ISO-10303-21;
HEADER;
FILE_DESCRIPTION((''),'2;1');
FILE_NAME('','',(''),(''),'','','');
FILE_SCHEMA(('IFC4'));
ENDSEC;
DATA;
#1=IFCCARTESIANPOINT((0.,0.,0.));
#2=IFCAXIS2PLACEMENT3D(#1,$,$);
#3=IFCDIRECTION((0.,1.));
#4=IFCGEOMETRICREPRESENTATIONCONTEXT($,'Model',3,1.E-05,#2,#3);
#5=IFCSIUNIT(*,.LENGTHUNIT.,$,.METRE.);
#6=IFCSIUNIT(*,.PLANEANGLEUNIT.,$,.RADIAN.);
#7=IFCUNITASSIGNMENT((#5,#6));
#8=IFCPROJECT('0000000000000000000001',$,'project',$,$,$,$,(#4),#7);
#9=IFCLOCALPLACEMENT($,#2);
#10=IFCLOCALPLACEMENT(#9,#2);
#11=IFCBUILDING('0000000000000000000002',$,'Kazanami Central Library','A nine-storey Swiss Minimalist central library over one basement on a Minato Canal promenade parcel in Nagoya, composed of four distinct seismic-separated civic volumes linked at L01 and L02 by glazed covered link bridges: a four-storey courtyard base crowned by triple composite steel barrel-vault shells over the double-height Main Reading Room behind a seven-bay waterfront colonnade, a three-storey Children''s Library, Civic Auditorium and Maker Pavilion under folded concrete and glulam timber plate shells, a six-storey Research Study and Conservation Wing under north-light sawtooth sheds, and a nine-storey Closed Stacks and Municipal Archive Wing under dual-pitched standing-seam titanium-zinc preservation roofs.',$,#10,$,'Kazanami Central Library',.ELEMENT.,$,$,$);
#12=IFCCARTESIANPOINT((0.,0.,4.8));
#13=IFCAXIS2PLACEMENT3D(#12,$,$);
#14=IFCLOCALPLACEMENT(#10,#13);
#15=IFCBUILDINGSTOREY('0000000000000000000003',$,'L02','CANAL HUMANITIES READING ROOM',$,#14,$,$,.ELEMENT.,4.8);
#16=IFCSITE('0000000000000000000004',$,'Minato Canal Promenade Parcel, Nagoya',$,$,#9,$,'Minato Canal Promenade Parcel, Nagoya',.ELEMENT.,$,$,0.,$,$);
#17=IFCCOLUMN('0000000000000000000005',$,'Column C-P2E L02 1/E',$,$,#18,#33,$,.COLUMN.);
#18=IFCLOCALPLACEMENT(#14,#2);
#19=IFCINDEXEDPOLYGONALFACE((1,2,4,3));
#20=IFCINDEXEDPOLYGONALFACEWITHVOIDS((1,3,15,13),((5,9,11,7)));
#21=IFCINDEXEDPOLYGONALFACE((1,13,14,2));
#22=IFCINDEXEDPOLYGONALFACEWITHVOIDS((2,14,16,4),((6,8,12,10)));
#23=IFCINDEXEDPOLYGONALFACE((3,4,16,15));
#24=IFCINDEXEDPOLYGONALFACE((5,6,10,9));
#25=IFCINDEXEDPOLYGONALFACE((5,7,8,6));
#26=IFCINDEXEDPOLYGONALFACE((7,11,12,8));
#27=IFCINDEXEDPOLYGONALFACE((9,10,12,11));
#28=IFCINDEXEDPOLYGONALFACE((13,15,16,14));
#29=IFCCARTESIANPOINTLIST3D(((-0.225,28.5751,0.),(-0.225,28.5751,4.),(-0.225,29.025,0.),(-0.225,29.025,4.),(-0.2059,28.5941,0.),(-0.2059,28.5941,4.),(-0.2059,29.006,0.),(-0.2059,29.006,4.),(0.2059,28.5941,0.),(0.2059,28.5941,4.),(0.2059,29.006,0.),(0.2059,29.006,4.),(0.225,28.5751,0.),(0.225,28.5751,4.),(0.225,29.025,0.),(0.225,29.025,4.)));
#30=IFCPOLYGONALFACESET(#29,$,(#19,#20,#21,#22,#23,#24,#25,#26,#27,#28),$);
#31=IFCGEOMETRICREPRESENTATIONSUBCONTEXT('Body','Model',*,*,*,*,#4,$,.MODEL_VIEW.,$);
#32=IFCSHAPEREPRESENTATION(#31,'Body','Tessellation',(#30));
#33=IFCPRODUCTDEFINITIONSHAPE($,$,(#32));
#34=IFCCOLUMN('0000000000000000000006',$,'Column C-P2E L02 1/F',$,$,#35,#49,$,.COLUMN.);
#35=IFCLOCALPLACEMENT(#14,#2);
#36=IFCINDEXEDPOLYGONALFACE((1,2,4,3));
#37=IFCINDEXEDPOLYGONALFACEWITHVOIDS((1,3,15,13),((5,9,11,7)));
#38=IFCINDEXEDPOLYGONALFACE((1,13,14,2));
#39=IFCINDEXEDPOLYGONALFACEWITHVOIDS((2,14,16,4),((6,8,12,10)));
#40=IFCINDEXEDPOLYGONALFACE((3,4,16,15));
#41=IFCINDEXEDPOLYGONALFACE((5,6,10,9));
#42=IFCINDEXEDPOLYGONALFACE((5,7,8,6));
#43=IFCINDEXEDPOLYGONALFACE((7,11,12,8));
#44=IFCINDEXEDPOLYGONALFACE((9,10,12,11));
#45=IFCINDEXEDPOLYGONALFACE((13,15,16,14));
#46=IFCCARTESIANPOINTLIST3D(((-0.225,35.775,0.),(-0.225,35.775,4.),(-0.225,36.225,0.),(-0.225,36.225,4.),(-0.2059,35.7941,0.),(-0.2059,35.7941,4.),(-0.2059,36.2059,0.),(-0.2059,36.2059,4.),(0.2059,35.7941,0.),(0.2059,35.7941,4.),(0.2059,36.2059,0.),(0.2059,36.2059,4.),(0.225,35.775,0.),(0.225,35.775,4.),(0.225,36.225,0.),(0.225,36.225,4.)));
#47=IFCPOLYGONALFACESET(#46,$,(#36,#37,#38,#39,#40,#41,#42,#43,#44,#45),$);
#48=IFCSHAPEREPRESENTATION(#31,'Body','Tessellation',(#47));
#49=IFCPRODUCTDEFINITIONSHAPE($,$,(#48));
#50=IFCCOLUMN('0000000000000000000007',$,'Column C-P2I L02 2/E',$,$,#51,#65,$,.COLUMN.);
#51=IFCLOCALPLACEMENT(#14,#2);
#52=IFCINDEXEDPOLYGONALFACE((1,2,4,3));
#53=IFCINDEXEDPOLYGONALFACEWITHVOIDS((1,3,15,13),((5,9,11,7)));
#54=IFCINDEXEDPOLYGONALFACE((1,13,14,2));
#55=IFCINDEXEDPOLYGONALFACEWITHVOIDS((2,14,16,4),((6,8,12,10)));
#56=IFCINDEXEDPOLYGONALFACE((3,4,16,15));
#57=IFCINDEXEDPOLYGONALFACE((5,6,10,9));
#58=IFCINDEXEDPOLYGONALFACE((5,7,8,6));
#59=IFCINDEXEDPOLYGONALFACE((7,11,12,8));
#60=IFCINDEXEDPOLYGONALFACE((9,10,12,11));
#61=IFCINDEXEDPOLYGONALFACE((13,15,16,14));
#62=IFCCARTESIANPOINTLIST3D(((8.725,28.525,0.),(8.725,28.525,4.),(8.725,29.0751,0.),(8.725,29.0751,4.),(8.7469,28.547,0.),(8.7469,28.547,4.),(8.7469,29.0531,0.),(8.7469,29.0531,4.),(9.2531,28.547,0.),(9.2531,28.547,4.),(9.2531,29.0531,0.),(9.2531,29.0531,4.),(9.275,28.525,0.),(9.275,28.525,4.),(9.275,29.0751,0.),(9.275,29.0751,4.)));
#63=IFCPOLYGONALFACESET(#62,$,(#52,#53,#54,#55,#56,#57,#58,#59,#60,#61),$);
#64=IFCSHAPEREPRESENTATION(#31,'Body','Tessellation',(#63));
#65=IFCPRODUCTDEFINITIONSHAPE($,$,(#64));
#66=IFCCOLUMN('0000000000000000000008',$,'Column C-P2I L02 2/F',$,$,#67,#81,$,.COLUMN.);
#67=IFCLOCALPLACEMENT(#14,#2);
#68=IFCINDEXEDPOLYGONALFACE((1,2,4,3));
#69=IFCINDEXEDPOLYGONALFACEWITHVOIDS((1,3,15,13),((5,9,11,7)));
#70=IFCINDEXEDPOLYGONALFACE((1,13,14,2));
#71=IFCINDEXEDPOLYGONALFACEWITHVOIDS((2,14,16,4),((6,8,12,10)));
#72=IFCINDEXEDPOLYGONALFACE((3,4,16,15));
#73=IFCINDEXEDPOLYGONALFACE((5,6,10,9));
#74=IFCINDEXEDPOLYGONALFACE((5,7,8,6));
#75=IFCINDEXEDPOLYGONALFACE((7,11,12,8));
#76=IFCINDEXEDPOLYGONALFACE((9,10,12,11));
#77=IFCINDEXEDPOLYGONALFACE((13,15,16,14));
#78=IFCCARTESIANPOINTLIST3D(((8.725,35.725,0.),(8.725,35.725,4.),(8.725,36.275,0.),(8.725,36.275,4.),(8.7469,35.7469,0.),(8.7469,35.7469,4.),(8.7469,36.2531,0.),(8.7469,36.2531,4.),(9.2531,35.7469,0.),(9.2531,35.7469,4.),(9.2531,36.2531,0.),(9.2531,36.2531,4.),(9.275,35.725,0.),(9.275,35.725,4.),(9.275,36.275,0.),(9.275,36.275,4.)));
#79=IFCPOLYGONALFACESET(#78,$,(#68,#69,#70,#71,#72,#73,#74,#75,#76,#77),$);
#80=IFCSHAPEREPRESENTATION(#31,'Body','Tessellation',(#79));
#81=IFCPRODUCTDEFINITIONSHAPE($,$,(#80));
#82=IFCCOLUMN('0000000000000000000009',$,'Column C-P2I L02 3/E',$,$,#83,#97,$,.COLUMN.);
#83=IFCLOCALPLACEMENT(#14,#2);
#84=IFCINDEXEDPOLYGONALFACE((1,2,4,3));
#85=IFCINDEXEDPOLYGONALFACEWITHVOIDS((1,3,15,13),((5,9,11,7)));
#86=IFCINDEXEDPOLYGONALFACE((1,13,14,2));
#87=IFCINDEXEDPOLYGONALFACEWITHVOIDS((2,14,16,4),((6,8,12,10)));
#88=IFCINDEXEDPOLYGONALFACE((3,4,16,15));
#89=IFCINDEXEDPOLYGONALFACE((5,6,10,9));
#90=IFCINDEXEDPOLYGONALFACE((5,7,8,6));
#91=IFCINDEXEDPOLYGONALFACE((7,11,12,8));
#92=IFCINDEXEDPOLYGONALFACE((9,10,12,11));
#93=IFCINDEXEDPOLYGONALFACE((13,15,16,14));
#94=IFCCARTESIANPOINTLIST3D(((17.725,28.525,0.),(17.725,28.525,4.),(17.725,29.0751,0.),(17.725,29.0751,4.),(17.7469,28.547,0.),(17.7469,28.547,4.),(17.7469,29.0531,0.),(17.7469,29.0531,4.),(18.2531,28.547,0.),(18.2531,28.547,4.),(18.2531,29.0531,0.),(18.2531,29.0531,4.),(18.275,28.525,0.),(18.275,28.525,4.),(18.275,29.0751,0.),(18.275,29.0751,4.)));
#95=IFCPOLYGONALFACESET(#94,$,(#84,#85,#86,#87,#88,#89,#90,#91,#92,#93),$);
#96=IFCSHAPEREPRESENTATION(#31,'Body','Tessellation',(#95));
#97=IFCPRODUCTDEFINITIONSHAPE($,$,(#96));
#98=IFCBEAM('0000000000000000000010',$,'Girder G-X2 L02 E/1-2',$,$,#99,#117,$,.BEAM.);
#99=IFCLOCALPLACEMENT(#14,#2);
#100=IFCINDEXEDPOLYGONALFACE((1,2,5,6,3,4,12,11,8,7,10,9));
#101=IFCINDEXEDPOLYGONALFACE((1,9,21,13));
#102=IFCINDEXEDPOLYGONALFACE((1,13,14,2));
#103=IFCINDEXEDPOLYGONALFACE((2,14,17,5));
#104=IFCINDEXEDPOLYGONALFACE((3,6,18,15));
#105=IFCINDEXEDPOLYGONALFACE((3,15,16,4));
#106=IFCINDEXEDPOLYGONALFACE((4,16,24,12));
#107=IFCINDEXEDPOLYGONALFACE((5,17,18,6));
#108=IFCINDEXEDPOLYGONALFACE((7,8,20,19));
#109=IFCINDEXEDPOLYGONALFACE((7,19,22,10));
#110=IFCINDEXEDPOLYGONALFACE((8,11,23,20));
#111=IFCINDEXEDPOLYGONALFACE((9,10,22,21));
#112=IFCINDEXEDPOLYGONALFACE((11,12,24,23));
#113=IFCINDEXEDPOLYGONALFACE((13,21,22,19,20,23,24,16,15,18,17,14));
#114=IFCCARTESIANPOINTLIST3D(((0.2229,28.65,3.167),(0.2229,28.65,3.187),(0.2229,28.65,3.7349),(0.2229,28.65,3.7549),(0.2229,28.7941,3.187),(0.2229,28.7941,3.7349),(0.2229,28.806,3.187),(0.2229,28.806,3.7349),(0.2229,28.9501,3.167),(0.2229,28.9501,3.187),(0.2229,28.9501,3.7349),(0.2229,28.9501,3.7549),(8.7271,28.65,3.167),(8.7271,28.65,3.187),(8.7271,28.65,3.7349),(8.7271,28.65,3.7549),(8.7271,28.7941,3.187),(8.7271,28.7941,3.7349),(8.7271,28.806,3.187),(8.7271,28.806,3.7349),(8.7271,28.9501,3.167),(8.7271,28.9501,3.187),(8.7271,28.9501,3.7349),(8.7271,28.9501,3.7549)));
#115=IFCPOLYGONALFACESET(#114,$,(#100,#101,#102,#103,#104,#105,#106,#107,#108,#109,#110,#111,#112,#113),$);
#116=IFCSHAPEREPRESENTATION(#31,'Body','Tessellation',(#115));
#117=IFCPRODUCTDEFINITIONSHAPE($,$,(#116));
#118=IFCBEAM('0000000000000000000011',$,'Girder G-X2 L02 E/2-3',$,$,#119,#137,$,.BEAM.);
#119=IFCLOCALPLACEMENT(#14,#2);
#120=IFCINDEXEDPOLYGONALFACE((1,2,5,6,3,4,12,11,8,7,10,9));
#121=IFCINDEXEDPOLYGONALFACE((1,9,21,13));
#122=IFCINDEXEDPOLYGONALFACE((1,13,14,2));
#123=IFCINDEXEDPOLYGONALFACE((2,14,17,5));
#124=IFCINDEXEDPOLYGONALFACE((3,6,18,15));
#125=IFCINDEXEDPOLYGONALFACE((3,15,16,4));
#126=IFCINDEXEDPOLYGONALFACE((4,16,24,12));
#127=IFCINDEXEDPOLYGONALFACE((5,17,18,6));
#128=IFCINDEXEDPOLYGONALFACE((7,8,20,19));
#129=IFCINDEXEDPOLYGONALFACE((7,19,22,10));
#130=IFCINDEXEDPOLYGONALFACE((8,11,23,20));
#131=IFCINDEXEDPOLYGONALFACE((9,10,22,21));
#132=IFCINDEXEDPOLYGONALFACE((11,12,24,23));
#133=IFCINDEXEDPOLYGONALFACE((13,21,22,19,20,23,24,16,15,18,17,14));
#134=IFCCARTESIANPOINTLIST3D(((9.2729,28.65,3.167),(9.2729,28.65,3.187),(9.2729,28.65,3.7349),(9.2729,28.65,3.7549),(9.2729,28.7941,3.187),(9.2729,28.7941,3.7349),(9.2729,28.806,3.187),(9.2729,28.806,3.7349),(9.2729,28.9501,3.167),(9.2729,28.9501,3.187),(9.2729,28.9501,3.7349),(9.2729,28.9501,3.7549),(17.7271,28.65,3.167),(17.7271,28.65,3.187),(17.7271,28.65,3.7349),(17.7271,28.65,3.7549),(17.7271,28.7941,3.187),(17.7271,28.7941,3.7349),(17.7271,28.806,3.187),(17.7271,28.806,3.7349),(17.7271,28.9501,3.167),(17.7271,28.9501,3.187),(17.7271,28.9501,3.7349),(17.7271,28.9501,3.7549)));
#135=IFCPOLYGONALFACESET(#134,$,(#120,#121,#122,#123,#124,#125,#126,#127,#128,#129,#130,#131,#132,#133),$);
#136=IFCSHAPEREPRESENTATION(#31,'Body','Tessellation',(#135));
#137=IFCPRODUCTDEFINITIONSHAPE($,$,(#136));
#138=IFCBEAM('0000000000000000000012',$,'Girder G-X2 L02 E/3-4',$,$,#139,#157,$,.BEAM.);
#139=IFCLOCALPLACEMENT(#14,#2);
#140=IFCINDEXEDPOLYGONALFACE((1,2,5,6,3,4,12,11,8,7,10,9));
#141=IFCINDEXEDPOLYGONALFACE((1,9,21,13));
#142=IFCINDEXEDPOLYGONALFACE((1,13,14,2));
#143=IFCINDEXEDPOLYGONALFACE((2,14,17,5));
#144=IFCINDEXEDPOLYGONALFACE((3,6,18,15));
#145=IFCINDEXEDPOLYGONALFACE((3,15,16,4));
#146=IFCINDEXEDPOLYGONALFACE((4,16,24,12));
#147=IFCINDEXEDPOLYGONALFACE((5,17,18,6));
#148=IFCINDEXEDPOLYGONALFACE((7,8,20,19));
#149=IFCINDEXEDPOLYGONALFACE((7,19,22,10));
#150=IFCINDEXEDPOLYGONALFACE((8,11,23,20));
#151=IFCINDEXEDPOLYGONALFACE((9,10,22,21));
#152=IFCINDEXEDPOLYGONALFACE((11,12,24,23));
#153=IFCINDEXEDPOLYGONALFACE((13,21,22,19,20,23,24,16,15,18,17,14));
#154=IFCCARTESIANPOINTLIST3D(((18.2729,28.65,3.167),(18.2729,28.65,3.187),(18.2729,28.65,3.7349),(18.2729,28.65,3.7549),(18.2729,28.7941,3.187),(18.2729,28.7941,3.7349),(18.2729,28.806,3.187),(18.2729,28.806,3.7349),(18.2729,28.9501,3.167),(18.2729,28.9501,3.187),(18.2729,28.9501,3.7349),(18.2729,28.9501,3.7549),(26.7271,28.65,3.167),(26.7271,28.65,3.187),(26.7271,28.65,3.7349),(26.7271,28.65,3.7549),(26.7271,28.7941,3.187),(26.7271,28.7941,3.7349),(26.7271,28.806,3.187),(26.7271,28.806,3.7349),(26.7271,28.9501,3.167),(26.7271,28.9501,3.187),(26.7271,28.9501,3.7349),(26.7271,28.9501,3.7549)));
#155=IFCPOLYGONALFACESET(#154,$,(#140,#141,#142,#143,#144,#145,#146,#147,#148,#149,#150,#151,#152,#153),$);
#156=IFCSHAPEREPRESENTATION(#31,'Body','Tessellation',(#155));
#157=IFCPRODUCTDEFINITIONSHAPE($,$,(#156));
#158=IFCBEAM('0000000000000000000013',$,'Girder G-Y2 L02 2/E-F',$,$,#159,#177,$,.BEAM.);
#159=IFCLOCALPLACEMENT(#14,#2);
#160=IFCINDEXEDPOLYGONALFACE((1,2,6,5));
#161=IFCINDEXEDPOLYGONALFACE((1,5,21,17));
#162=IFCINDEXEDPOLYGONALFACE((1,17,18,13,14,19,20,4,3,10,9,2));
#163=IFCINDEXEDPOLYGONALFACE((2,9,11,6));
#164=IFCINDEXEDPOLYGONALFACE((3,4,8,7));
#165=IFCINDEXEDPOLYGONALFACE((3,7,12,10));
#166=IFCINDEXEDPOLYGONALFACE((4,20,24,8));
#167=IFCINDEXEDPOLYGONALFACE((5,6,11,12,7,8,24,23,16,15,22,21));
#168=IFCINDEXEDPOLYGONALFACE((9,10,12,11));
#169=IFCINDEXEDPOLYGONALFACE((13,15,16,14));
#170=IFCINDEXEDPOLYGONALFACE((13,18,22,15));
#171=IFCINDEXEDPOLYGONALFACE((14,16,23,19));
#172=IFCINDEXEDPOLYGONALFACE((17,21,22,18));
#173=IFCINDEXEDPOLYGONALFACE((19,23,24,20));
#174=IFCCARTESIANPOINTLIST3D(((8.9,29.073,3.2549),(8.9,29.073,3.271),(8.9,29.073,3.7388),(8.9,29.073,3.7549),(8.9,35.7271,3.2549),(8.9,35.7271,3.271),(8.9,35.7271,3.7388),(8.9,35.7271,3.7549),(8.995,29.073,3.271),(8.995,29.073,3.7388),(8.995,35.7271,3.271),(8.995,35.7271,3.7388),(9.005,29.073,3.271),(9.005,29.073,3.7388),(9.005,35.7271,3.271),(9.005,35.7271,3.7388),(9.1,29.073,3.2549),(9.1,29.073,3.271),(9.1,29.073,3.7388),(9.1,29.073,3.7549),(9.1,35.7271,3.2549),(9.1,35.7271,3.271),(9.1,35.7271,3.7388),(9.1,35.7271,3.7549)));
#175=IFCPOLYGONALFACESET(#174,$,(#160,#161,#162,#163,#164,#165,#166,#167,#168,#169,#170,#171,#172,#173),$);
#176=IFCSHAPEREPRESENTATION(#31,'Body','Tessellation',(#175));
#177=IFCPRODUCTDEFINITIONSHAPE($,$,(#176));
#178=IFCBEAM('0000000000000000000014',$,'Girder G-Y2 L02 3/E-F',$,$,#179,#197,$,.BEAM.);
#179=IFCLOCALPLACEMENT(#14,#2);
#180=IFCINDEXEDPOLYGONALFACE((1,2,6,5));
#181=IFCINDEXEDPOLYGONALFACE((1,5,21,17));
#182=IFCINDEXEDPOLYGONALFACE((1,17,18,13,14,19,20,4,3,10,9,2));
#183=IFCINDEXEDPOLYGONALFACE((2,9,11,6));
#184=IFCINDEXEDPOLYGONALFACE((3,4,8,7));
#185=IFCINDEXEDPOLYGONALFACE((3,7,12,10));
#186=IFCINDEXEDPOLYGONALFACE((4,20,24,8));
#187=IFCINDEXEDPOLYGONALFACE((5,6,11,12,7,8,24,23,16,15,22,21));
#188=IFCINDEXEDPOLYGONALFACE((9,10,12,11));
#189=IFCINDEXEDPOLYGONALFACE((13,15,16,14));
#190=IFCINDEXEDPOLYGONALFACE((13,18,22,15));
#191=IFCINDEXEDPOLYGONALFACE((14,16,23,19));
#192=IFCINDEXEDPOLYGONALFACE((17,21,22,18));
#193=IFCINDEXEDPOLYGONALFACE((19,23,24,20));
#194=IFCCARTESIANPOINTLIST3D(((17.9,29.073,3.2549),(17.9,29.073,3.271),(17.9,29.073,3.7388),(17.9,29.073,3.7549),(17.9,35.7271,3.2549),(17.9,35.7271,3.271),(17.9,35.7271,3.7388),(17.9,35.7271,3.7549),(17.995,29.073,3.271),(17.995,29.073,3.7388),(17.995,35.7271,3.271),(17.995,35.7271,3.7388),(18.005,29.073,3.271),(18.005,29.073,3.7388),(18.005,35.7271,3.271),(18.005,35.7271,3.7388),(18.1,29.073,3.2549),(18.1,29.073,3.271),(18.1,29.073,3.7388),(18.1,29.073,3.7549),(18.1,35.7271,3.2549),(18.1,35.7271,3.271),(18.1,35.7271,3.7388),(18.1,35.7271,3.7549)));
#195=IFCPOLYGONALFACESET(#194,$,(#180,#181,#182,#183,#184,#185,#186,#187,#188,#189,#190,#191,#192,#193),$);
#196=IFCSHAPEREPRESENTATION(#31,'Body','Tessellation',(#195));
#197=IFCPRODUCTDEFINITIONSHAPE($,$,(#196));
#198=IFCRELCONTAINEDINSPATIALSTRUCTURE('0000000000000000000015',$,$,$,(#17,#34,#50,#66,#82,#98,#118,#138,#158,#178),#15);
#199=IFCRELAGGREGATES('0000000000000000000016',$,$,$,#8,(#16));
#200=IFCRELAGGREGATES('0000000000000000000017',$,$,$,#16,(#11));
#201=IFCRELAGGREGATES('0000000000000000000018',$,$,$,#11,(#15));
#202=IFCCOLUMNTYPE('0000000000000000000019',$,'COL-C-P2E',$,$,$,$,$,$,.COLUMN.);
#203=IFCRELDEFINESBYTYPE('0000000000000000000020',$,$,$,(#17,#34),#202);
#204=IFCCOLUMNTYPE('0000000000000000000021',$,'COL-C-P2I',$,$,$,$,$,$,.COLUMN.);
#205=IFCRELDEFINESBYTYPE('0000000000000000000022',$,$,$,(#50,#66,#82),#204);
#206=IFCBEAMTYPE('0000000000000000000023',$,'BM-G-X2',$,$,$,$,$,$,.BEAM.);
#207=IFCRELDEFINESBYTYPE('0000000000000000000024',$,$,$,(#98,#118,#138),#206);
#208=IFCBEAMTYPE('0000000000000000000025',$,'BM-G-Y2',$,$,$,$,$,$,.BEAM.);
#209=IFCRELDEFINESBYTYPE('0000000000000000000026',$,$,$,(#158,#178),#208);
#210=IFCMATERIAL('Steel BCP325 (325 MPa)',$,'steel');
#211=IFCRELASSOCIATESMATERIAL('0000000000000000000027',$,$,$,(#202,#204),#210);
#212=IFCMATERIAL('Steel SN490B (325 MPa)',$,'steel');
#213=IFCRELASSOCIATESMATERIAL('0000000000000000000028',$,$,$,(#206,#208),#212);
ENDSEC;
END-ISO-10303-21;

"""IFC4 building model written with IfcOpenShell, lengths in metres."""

from ifc_helpers import new_model, si_unit, direction, frame, origin, origin_2d, place, context, subcontext, project, spatial, hollow_rectangle, i_section, extrude, material, material_profile, profile_set, type_object, element, save


model = new_model("IFC4")

# Units and contexts
model_context = context("Model", 3, precision=1e-05, world=origin(), true_north=direction((0.0, 1.0)))
body_context = subcontext(model_context, "Body", "Model", "MODEL_VIEW")
ifc_project = project(units=[si_unit("LENGTHUNIT", "METRE"), si_unit("PLANEANGLEUNIT", "RADIAN")], contexts=[model_context])

# Site, building, storey
site_placement = place(None, origin())
site = spatial("IfcSite", under=ifc_project, at=site_placement, Name="Minato Canal Promenade Parcel, Nagoya", LongName="Minato Canal Promenade Parcel, Nagoya", CompositionType="ELEMENT", RefElevation=0.0)
building_placement = place(site_placement, origin())
building = spatial("IfcBuilding", under=site, at=building_placement, Name="Kazanami Central Library", Description="A nine-storey Swiss Minimalist central library over one basement on a Minato Canal promenade parcel in Nagoya, composed of four distinct seismic-separated civic volumes linked at L01 and L02 by glazed covered link bridges: a four-storey courtyard base crowned by triple composite steel barrel-vault shells over the double-height Main Reading Room behind a seven-bay waterfront colonnade, a three-storey Children's Library, Civic Auditorium and Maker Pavilion under folded concrete and glulam timber plate shells, a six-storey Research Study and Conservation Wing under north-light sawtooth sheds, and a nine-storey Closed Stacks and Municipal Archive Wing under dual-pitched standing-seam titanium-zinc preservation roofs.", LongName="Kazanami Central Library", CompositionType="ELEMENT")
storey_placement = place(building_placement, frame((0.0, 0.0, 4.8)))
storey = spatial("IfcBuildingStorey", under=building, at=storey_placement, Name="L02", Description="CANAL HUMANITIES READING ROOM", CompositionType="ELEMENT", Elevation=4.8)

# Columns
ifc_material_1 = material(Name="Steel BCP325 (325 MPa)", Category="steel")
ifc_material_profile_1 = material_profile(ifc_material_1, hollow_rectangle(XDim=0.45, YDim=0.45, WallThickness=0.019, at=origin_2d()), Name="BCP-450x450x19")
ifc_profile_set_1 = profile_set([ifc_material_profile_1], Name="Steel BCP325 (325 MPa)")
column_type_1 = type_object("IfcColumnType", Name="COL-C-P2E", PredefinedType="COLUMN", material=ifc_profile_set_1)
for number, where, z_axis, x_axis, name in (
    (1, (0.0, 28.8, 0.0), (0.0, 0.0, 1.0), (1.0, 0.0, 0.0), "Column C-P2E L02 1/E"),
    (2, (0.0, 36.0, 0.0), (0.0, 0.0, 1.0), (1.0, 0.0, 0.0), "Column C-P2E L02 1/F"),
):
    element("IfcColumn", number, at=place(storey_placement, frame(where, z_axis=z_axis, x_axis=x_axis)), inside=storey, type_object=column_type_1, Name=name, PredefinedType="COLUMN", context=body_context, shape_type="SweptSolid", body=[
        extrude(hollow_rectangle(XDim=0.45, YDim=0.45, WallThickness=0.019, at=origin_2d()), origin(), (0.0, 0.0, 1.0), 4.0),
    ])
ifc_material_profile_2 = material_profile(ifc_material_1, hollow_rectangle(XDim=0.55, YDim=0.55, WallThickness=0.022, at=origin_2d()), Name="BCP-550x550x22")
ifc_profile_set_2 = profile_set([ifc_material_profile_2], Name="Steel BCP325 (325 MPa)")
column_type_2 = type_object("IfcColumnType", Name="COL-C-P2I", PredefinedType="COLUMN", material=ifc_profile_set_2)
for number, where, z_axis, x_axis, name in (
    (3, (9.0, 28.8, 0.0), (0.0, 0.0, 1.0), (1.0, 0.0, 0.0), "Column C-P2I L02 2/E"),
    (4, (9.0, 36.0, 0.0), (0.0, 0.0, 1.0), (1.0, 0.0, 0.0), "Column C-P2I L02 2/F"),
    (5, (18.0, 28.8, 0.0), (0.0, 0.0, 1.0), (1.0, 0.0, 0.0), "Column C-P2I L02 3/E"),
):
    element("IfcColumn", number, at=place(storey_placement, frame(where, z_axis=z_axis, x_axis=x_axis)), inside=storey, type_object=column_type_2, Name=name, PredefinedType="COLUMN", context=body_context, shape_type="SweptSolid", body=[
        extrude(hollow_rectangle(XDim=0.55, YDim=0.55, WallThickness=0.022, at=origin_2d()), origin(), (0.0, 0.0, 1.0), 4.0),
    ])

# Beams
ifc_material_2 = material(Name="Steel SN490B (325 MPa)", Category="steel")
ifc_material_profile_3 = material_profile(ifc_material_2, i_section(OverallWidth=0.3, OverallDepth=0.5879, WebThickness=0.012, FlangeThickness=0.02, at=origin_2d()), Name="H-588x300x12x20")
ifc_profile_set_3 = profile_set([ifc_material_profile_3], Name="Steel SN490B (325 MPa)")
beam_type_1 = type_object("IfcBeamType", Name="BM-G-X2", PredefinedType="BEAM", material=ifc_profile_set_3)
beam_1_placement = place(storey_placement, frame((0.2229, 28.8, 3.4609), z_axis=(1.0, 0.0, 0.0), x_axis=(0.0, 1.0, 0.0)))
element("IfcBeam", 6, at=beam_1_placement, inside=storey, type_object=beam_type_1, Name="Girder G-X2 L02 E/1-2", PredefinedType="BEAM", context=body_context, shape_type="SweptSolid", body=[
    extrude(i_section(OverallWidth=0.3, OverallDepth=0.5879, WebThickness=0.012, FlangeThickness=0.02, at=origin_2d()), origin(), (0.0, 0.0, 1.0), 8.5042),
])
for number, where, z_axis, x_axis, name in (
    (7, (9.2729, 28.8, 3.4609), (1.0, 0.0, 0.0), (0.0, 1.0, 0.0), "Girder G-X2 L02 E/2-3"),
    (8, (18.2729, 28.8, 3.4609), (1.0, 0.0, 0.0), (0.0, 1.0, 0.0), "Girder G-X2 L02 E/3-4"),
):
    element("IfcBeam", number, at=place(storey_placement, frame(where, z_axis=z_axis, x_axis=x_axis)), inside=storey, type_object=beam_type_1, Name=name, PredefinedType="BEAM", context=body_context, shape_type="SweptSolid", body=[
        extrude(i_section(OverallWidth=0.3, OverallDepth=0.5879, WebThickness=0.012, FlangeThickness=0.02, at=origin_2d()), origin(), (0.0, 0.0, 1.0), 8.4541),
    ])
ifc_material_profile_4 = material_profile(ifc_material_2, i_section(OverallWidth=0.2, OverallDepth=0.5, WebThickness=0.01, FlangeThickness=0.0161, at=origin_2d()), Name="H-500x200x10x16")
ifc_profile_set_4 = profile_set([ifc_material_profile_4], Name="Steel SN490B (325 MPa)")
beam_type_2 = type_object("IfcBeamType", Name="BM-G-Y2", PredefinedType="BEAM", material=ifc_profile_set_4)
for number, where, z_axis, x_axis, name in (
    (9, (9.0, 29.073, 3.5049), (0.0, 1.0, 0.0), (-1.0, 0.0, 0.0), "Girder G-Y2 L02 2/E-F"),
    (10, (18.0, 29.073, 3.5049), (0.0, 1.0, 0.0), (-1.0, 0.0, 0.0), "Girder G-Y2 L02 3/E-F"),
):
    element("IfcBeam", number, at=place(storey_placement, frame(where, z_axis=z_axis, x_axis=x_axis)), inside=storey, type_object=beam_type_2, Name=name, PredefinedType="BEAM", context=body_context, shape_type="SweptSolid", body=[
        extrude(i_section(OverallWidth=0.2, OverallDepth=0.5, WebThickness=0.01, FlangeThickness=0.0161, at=origin_2d()), origin(), (0.0, 0.0, 1.0), 6.6541),
    ])

save(model, "model.ifc")
